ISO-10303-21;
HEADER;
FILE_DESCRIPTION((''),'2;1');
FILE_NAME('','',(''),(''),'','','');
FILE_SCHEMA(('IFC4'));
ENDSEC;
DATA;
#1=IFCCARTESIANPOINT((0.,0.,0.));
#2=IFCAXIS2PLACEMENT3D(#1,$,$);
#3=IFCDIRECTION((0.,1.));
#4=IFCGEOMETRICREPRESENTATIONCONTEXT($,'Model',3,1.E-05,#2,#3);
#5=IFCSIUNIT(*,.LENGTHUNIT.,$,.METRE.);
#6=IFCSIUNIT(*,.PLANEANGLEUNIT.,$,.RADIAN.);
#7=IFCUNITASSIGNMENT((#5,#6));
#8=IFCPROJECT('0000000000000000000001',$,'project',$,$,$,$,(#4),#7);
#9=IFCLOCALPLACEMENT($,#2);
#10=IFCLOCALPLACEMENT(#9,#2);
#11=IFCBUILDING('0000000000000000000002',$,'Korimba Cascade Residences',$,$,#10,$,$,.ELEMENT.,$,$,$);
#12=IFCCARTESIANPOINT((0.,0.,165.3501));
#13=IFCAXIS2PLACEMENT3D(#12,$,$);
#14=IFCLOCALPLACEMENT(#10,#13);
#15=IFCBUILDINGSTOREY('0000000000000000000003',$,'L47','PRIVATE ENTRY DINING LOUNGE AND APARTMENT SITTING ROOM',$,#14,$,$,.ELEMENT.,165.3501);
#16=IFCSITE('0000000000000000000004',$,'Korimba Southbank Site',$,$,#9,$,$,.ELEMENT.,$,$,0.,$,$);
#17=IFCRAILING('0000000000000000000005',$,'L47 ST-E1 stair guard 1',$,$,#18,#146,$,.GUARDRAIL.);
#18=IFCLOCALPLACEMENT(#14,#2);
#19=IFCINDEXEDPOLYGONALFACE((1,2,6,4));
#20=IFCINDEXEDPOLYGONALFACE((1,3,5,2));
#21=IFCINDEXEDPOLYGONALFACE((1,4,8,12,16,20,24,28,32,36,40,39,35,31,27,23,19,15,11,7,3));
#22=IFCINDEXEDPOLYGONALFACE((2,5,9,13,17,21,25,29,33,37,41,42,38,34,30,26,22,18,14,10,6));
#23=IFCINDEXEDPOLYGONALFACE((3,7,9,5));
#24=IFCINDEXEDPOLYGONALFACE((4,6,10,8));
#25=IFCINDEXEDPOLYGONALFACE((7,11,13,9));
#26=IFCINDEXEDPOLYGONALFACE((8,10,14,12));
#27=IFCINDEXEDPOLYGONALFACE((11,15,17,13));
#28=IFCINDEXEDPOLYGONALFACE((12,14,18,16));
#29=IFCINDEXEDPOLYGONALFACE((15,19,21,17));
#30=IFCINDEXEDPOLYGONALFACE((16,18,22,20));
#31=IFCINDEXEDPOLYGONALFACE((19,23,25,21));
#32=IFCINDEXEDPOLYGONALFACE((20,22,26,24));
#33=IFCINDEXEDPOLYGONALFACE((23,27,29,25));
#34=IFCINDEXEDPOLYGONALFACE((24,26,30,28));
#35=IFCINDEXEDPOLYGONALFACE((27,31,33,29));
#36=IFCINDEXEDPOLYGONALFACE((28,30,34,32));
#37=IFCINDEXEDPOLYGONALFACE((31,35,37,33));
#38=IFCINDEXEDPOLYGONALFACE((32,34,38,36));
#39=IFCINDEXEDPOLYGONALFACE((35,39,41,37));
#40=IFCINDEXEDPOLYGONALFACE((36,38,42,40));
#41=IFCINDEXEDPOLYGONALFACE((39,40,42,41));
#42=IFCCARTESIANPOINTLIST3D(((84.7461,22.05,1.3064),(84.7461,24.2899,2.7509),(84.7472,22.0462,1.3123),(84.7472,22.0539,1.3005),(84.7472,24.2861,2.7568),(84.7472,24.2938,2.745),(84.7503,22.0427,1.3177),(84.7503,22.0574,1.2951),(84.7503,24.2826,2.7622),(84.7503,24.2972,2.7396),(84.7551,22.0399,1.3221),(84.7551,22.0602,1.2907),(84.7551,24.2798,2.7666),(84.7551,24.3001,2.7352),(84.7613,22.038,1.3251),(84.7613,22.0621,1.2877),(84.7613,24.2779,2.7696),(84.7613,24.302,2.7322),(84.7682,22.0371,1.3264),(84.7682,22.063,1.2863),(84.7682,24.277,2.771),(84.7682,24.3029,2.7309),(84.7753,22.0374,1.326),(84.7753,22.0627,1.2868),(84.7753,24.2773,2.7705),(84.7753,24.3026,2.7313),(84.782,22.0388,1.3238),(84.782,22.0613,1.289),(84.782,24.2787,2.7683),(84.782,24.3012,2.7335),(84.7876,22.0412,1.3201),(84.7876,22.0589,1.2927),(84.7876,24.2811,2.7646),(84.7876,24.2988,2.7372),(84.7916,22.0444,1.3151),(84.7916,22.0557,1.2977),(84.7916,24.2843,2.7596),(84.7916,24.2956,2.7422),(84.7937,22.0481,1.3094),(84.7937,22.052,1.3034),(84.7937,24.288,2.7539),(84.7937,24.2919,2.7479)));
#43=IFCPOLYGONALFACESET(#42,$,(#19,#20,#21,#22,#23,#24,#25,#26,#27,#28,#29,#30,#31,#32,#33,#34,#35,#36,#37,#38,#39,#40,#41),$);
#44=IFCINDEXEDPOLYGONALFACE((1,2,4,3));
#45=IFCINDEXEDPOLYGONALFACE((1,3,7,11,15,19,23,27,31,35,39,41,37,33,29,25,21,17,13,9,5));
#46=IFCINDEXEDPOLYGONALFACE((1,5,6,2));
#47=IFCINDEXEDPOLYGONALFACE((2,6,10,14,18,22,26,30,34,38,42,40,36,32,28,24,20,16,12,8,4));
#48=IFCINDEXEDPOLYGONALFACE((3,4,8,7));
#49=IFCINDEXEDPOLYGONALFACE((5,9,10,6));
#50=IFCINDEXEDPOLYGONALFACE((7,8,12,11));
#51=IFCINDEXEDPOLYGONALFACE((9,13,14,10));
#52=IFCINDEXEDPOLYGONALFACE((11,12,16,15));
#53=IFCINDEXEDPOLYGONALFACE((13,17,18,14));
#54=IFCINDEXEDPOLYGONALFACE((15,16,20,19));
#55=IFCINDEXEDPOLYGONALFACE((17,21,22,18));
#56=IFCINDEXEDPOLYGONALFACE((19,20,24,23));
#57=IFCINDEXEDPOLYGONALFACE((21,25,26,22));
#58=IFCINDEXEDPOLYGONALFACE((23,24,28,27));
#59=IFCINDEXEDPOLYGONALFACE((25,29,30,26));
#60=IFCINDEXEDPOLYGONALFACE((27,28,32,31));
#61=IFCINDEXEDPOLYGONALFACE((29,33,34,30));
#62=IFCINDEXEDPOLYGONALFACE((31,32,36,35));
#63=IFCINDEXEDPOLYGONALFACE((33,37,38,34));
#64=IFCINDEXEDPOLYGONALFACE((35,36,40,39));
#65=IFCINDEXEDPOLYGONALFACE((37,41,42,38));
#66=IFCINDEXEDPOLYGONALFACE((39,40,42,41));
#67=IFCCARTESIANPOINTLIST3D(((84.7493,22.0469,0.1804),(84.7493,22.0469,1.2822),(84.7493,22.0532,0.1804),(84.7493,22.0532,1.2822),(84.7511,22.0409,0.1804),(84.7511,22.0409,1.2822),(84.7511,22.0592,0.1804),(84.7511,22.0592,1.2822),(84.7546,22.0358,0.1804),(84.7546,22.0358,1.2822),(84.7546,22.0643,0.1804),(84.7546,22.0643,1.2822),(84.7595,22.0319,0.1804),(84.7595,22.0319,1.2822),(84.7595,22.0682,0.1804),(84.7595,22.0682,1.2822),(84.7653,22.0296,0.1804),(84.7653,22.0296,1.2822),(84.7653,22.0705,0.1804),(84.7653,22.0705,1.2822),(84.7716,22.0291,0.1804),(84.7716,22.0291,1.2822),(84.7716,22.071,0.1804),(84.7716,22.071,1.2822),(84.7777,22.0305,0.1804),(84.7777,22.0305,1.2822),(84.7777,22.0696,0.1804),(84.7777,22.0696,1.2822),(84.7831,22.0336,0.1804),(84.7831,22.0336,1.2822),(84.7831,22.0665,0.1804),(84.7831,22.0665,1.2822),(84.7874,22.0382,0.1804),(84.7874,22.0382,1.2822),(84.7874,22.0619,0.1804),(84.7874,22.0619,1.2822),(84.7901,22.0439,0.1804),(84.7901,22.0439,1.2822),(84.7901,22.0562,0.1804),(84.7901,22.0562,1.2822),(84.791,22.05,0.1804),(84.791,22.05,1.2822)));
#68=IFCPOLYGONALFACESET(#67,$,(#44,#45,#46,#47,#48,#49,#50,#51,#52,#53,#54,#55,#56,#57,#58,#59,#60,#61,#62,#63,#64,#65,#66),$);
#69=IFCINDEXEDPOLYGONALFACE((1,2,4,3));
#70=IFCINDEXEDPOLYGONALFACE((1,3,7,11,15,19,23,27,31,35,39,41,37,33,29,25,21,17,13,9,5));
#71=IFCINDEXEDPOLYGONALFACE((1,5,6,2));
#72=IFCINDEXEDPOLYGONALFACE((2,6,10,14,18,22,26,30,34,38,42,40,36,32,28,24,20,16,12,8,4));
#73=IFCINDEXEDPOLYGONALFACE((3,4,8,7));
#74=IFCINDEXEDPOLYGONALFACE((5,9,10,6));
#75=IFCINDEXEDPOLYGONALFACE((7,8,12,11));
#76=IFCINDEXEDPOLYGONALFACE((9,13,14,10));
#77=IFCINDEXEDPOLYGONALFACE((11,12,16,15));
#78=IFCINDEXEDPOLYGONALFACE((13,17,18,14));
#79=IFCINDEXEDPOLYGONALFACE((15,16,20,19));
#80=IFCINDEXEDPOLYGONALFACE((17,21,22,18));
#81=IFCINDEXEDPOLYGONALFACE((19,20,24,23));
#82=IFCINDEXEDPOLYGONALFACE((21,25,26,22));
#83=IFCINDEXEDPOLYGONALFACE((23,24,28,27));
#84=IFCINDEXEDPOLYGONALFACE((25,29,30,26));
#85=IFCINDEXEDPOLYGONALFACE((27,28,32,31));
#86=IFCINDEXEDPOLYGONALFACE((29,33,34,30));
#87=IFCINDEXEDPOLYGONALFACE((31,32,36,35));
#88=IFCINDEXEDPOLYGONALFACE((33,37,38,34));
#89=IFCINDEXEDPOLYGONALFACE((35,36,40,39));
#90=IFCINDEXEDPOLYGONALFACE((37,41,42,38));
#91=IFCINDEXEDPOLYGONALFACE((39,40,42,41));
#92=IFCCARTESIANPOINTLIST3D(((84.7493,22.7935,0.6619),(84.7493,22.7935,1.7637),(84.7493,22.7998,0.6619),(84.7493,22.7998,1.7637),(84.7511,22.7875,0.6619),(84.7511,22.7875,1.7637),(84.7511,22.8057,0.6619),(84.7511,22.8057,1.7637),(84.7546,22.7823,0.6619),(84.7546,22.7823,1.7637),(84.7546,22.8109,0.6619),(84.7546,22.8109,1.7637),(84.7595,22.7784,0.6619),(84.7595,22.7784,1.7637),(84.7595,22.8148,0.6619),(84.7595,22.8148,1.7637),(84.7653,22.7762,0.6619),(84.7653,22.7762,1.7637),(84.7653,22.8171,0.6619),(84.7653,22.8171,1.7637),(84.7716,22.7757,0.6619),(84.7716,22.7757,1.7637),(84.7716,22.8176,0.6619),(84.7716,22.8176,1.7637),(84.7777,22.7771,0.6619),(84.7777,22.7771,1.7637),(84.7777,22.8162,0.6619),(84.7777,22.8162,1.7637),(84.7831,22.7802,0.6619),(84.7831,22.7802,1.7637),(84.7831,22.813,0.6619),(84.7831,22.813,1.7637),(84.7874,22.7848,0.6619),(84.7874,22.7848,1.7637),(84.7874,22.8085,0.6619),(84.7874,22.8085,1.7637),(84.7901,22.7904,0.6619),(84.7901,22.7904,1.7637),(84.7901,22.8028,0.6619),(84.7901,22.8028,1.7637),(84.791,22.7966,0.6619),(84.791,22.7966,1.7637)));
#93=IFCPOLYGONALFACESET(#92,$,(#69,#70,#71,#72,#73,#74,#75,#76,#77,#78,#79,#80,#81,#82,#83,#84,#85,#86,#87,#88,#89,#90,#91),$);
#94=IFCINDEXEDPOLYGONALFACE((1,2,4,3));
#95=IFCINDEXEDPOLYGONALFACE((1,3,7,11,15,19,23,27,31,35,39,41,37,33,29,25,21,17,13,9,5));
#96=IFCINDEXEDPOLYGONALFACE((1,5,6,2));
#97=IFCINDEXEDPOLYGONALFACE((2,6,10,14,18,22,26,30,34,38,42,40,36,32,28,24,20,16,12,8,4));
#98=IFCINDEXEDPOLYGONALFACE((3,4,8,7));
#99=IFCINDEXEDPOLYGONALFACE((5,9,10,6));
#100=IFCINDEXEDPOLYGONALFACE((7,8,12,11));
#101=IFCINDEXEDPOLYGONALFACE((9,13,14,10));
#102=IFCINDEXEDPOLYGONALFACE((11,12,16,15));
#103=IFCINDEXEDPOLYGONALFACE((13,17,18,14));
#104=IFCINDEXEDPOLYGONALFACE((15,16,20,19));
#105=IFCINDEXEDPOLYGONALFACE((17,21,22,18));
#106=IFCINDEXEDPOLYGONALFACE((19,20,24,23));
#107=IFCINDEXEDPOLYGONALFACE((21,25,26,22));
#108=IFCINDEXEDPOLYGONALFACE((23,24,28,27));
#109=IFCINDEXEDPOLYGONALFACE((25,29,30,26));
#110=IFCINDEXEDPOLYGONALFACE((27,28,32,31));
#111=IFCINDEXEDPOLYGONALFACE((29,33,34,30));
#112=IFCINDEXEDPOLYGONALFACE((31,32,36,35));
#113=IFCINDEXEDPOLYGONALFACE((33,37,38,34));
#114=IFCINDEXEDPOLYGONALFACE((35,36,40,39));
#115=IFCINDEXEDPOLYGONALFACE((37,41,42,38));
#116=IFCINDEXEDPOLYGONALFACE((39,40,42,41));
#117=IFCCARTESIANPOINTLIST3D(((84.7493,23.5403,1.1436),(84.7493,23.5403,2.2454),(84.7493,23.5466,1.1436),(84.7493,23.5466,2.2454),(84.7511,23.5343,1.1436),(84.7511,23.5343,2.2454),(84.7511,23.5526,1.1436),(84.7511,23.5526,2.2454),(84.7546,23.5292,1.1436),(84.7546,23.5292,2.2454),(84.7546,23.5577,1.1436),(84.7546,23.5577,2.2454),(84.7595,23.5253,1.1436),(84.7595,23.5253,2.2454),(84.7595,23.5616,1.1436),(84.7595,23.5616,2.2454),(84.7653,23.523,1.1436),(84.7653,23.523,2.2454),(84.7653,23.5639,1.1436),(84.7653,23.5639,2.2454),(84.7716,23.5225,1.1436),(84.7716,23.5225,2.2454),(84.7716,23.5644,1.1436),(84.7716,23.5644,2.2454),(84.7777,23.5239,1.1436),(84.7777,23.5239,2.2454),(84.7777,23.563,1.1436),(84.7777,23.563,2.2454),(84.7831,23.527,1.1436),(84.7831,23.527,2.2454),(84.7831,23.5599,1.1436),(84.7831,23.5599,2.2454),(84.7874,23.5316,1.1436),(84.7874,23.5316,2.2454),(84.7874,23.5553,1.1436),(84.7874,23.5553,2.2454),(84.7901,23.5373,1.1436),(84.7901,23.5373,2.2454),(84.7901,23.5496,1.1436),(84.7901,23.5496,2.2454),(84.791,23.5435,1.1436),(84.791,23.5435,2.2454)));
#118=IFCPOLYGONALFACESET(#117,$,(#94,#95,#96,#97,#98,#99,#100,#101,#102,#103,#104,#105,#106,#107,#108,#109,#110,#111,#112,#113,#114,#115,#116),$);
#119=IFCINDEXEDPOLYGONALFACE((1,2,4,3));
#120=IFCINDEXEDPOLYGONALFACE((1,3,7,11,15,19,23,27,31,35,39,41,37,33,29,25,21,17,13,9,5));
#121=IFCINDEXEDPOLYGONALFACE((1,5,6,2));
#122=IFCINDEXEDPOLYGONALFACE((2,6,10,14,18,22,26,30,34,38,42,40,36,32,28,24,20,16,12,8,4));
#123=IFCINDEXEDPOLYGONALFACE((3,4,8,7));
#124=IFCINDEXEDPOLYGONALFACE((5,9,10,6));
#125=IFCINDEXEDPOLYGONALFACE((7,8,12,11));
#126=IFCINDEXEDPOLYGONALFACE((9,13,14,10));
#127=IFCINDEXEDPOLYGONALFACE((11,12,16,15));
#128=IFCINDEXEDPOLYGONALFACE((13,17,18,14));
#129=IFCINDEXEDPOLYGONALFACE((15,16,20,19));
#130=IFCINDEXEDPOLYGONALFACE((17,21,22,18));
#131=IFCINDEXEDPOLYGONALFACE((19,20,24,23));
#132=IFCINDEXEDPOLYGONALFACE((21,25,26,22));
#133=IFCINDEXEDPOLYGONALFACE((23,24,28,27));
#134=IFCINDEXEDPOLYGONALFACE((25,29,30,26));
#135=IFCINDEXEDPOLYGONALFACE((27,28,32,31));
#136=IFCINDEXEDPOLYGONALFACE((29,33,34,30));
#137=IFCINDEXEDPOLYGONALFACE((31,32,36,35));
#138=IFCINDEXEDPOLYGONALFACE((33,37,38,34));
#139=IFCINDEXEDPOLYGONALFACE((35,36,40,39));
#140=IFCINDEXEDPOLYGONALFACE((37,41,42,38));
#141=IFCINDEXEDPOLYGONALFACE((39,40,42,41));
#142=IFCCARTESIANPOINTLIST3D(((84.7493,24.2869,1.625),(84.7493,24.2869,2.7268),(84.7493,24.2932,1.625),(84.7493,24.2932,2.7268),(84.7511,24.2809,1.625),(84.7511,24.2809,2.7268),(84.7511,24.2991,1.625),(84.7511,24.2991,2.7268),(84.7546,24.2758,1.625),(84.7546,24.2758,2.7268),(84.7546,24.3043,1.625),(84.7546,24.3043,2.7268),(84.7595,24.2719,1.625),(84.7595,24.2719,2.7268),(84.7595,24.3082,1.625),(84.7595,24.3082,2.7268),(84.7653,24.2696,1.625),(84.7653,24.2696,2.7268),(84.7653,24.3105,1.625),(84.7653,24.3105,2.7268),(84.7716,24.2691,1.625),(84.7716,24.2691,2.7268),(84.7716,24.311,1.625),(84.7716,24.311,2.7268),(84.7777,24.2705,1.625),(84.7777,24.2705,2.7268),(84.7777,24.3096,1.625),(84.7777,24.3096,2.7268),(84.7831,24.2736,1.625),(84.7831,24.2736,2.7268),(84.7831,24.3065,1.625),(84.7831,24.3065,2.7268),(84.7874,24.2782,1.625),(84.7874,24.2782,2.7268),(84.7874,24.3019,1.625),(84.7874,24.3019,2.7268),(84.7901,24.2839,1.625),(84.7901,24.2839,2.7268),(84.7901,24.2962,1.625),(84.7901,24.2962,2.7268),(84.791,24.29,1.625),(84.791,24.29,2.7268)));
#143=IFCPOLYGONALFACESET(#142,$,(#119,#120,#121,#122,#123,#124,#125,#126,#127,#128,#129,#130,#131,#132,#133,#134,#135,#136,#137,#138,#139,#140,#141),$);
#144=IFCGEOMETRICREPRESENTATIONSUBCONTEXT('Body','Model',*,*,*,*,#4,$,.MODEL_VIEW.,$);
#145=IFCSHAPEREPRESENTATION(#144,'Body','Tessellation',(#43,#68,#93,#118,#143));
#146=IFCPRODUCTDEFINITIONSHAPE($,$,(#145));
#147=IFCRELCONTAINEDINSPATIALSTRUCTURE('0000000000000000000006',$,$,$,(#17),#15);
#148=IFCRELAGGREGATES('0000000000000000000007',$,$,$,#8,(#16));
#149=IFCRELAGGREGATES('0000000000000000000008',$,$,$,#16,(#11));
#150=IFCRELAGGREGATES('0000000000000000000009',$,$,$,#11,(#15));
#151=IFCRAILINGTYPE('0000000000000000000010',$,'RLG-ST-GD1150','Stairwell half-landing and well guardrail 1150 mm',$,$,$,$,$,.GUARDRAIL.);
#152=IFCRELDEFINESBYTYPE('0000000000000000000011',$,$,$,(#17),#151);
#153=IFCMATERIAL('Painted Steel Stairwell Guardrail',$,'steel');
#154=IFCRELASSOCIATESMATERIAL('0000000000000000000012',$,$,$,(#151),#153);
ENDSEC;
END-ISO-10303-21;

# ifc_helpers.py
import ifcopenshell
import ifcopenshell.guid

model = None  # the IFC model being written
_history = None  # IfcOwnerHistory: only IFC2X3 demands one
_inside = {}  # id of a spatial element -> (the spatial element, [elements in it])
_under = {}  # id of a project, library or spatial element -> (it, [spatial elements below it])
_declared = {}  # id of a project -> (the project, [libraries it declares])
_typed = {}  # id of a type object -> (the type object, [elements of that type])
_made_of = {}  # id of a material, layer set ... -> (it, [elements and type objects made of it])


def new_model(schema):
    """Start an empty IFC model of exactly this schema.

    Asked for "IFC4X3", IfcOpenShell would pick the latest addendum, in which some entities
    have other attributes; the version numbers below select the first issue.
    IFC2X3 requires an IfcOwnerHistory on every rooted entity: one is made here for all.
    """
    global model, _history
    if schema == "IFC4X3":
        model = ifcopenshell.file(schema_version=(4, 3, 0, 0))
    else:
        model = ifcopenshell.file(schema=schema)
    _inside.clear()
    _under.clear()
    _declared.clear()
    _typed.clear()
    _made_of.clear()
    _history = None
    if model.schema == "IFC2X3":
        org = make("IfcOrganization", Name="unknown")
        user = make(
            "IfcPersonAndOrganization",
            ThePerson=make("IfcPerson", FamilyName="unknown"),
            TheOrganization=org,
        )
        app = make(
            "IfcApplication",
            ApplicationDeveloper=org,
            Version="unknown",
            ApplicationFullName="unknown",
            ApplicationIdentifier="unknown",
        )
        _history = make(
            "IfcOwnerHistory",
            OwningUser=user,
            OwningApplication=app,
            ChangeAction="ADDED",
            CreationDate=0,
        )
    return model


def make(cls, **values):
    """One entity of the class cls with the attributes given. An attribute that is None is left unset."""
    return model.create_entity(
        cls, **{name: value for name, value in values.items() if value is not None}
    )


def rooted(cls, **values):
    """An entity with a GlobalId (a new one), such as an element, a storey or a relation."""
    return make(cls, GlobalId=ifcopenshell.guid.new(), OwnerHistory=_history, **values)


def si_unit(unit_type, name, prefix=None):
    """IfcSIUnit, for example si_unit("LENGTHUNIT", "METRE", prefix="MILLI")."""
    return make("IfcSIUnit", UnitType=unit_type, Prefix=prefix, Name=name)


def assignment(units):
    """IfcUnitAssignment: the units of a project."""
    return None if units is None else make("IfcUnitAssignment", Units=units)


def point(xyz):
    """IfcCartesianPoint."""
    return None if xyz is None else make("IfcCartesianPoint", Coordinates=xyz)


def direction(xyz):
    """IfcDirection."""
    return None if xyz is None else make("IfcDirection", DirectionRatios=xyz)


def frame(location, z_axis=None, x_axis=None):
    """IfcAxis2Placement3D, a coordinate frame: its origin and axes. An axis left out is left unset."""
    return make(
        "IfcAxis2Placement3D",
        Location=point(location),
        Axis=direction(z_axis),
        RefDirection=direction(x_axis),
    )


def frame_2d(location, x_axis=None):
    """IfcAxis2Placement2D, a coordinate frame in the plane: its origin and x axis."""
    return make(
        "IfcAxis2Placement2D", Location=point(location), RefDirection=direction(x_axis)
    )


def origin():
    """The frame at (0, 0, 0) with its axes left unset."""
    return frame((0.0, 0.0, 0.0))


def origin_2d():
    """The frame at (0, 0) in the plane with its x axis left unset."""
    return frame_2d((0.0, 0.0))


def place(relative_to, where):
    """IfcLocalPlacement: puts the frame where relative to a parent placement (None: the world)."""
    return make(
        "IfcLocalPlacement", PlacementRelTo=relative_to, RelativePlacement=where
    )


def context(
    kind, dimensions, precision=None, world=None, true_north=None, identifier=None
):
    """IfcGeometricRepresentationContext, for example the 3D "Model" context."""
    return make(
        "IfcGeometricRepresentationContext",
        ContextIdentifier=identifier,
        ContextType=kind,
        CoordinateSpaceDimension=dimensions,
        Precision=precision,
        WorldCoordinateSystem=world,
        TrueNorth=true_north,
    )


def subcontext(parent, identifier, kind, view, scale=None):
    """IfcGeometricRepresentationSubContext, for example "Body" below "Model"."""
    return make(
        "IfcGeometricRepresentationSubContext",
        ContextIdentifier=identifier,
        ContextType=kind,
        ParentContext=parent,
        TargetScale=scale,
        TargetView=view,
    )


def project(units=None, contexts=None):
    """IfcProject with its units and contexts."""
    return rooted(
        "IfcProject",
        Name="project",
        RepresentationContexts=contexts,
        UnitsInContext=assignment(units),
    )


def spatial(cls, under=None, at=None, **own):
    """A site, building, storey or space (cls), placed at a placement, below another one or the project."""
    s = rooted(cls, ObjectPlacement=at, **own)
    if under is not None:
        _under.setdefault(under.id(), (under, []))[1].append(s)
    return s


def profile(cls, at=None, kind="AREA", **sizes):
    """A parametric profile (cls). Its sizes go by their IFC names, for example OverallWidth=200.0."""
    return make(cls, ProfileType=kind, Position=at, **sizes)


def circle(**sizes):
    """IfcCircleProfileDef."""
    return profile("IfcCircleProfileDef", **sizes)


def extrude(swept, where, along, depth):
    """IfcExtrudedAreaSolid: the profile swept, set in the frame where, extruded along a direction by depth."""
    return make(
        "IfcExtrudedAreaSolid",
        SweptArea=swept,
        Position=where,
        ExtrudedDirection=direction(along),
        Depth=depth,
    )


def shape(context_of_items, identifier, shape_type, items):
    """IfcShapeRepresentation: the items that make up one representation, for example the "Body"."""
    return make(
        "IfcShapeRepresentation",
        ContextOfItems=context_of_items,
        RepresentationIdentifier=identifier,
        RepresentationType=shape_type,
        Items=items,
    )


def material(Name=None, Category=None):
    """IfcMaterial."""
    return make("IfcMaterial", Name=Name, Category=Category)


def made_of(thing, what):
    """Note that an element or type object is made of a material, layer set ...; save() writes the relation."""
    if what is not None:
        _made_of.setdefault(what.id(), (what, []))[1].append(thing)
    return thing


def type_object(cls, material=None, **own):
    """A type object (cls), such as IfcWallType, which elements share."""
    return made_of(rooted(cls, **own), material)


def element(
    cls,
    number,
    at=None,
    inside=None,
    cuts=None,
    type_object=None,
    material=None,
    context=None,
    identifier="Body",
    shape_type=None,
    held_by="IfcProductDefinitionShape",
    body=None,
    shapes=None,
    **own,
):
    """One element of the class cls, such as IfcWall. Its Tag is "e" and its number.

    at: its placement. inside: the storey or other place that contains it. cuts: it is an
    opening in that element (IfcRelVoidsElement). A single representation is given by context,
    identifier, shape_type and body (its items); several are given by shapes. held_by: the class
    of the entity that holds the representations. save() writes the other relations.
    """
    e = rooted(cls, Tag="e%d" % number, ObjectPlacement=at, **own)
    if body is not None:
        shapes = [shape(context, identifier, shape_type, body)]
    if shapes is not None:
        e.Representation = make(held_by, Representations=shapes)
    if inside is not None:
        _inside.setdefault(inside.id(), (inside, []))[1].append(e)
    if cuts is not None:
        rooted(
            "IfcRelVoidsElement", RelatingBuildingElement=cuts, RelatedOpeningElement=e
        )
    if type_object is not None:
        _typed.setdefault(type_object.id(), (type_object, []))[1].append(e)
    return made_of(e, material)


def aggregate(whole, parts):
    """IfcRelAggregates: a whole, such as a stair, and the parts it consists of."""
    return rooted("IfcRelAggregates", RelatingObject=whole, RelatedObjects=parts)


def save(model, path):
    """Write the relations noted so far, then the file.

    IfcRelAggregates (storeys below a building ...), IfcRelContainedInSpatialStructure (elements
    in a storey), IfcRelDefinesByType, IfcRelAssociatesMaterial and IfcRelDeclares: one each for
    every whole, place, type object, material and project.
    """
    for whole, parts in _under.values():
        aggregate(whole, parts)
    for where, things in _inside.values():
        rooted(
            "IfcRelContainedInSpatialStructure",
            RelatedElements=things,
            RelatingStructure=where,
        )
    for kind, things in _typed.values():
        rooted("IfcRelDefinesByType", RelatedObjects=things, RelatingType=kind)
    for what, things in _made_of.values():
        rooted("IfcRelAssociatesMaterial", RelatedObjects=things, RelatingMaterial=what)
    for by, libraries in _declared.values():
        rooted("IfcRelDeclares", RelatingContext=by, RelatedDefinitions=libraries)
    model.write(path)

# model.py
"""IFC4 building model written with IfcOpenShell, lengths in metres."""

from ifc_helpers import new_model, si_unit, direction, frame, origin, origin_2d, place, context, subcontext, project, spatial, circle, extrude, material, type_object, element, save


model = new_model("IFC4")

# Units and contexts
model_context = context("Model", 3, precision=1e-05, world=origin(), true_north=direction((0.0, 1.0)))
body_context = subcontext(model_context, "Body", "Model", "MODEL_VIEW")
ifc_project = project(units=[si_unit("LENGTHUNIT", "METRE"), si_unit("PLANEANGLEUNIT", "RADIAN")], contexts=[model_context])

# Site, building, storey
site_placement = place(None, origin())
site = spatial("IfcSite", under=ifc_project, at=site_placement, Name="Korimba Southbank Site", CompositionType="ELEMENT", RefElevation=0.0)
building_placement = place(site_placement, origin())
building = spatial("IfcBuilding", under=site, at=building_placement, Name="Korimba Cascade Residences", CompositionType="ELEMENT")
storey_placement = place(building_placement, frame((0.0, 0.0, 165.3501)))
storey = spatial("IfcBuildingStorey", under=building, at=storey_placement, Name="L47", Description="PRIVATE ENTRY DINING LOUNGE AND APARTMENT SITTING ROOM", CompositionType="ELEMENT", Elevation=165.3501)

# Railing
ifc_material_1 = material(Name="Painted Steel Stairwell Guardrail", Category="steel")
railing_type_1 = type_object("IfcRailingType", Name="RLG-ST-GD1150", Description="Stairwell half-landing and well guardrail 1150 mm", PredefinedType="GUARDRAIL", material=ifc_material_1)
railing_1_placement = place(storey_placement, frame((84.77, 22.05, 0.1804)))
element("IfcRailing", 1, at=railing_1_placement, inside=storey, type_object=railing_type_1, Name="L47 ST-E1 stair guard 1", PredefinedType="GUARDRAIL", context=body_context, shape_type="SweptSolid", body=[
    extrude(circle(Radius=0.0239, at=origin_2d()), frame((0.0, 0.0, 1.126), z_axis=(0.0, 0.840395, 0.541975), x_axis=(-1.0, 0.0, 0.0)), (0.0, 0.0, 1.0), 2.6653),
    extrude(circle(Radius=0.021, at=origin_2d()), origin(), (0.0, 0.0, 1.0), 1.1018),
    extrude(circle(Radius=0.021, at=origin_2d()), frame((0.0, 0.7466, 0.4814)), (0.0, 0.0, 1.0), 1.1018),
    extrude(circle(Radius=0.021, at=origin_2d()), frame((0.0, 1.4934, 0.9631)), (0.0, 0.0, 1.0), 1.1018),
    extrude(circle(Radius=0.021, at=origin_2d()), frame((0.0, 2.24, 1.4446)), (0.0, 0.0, 1.0), 1.1018),
])

save(model, "model.ifc")
